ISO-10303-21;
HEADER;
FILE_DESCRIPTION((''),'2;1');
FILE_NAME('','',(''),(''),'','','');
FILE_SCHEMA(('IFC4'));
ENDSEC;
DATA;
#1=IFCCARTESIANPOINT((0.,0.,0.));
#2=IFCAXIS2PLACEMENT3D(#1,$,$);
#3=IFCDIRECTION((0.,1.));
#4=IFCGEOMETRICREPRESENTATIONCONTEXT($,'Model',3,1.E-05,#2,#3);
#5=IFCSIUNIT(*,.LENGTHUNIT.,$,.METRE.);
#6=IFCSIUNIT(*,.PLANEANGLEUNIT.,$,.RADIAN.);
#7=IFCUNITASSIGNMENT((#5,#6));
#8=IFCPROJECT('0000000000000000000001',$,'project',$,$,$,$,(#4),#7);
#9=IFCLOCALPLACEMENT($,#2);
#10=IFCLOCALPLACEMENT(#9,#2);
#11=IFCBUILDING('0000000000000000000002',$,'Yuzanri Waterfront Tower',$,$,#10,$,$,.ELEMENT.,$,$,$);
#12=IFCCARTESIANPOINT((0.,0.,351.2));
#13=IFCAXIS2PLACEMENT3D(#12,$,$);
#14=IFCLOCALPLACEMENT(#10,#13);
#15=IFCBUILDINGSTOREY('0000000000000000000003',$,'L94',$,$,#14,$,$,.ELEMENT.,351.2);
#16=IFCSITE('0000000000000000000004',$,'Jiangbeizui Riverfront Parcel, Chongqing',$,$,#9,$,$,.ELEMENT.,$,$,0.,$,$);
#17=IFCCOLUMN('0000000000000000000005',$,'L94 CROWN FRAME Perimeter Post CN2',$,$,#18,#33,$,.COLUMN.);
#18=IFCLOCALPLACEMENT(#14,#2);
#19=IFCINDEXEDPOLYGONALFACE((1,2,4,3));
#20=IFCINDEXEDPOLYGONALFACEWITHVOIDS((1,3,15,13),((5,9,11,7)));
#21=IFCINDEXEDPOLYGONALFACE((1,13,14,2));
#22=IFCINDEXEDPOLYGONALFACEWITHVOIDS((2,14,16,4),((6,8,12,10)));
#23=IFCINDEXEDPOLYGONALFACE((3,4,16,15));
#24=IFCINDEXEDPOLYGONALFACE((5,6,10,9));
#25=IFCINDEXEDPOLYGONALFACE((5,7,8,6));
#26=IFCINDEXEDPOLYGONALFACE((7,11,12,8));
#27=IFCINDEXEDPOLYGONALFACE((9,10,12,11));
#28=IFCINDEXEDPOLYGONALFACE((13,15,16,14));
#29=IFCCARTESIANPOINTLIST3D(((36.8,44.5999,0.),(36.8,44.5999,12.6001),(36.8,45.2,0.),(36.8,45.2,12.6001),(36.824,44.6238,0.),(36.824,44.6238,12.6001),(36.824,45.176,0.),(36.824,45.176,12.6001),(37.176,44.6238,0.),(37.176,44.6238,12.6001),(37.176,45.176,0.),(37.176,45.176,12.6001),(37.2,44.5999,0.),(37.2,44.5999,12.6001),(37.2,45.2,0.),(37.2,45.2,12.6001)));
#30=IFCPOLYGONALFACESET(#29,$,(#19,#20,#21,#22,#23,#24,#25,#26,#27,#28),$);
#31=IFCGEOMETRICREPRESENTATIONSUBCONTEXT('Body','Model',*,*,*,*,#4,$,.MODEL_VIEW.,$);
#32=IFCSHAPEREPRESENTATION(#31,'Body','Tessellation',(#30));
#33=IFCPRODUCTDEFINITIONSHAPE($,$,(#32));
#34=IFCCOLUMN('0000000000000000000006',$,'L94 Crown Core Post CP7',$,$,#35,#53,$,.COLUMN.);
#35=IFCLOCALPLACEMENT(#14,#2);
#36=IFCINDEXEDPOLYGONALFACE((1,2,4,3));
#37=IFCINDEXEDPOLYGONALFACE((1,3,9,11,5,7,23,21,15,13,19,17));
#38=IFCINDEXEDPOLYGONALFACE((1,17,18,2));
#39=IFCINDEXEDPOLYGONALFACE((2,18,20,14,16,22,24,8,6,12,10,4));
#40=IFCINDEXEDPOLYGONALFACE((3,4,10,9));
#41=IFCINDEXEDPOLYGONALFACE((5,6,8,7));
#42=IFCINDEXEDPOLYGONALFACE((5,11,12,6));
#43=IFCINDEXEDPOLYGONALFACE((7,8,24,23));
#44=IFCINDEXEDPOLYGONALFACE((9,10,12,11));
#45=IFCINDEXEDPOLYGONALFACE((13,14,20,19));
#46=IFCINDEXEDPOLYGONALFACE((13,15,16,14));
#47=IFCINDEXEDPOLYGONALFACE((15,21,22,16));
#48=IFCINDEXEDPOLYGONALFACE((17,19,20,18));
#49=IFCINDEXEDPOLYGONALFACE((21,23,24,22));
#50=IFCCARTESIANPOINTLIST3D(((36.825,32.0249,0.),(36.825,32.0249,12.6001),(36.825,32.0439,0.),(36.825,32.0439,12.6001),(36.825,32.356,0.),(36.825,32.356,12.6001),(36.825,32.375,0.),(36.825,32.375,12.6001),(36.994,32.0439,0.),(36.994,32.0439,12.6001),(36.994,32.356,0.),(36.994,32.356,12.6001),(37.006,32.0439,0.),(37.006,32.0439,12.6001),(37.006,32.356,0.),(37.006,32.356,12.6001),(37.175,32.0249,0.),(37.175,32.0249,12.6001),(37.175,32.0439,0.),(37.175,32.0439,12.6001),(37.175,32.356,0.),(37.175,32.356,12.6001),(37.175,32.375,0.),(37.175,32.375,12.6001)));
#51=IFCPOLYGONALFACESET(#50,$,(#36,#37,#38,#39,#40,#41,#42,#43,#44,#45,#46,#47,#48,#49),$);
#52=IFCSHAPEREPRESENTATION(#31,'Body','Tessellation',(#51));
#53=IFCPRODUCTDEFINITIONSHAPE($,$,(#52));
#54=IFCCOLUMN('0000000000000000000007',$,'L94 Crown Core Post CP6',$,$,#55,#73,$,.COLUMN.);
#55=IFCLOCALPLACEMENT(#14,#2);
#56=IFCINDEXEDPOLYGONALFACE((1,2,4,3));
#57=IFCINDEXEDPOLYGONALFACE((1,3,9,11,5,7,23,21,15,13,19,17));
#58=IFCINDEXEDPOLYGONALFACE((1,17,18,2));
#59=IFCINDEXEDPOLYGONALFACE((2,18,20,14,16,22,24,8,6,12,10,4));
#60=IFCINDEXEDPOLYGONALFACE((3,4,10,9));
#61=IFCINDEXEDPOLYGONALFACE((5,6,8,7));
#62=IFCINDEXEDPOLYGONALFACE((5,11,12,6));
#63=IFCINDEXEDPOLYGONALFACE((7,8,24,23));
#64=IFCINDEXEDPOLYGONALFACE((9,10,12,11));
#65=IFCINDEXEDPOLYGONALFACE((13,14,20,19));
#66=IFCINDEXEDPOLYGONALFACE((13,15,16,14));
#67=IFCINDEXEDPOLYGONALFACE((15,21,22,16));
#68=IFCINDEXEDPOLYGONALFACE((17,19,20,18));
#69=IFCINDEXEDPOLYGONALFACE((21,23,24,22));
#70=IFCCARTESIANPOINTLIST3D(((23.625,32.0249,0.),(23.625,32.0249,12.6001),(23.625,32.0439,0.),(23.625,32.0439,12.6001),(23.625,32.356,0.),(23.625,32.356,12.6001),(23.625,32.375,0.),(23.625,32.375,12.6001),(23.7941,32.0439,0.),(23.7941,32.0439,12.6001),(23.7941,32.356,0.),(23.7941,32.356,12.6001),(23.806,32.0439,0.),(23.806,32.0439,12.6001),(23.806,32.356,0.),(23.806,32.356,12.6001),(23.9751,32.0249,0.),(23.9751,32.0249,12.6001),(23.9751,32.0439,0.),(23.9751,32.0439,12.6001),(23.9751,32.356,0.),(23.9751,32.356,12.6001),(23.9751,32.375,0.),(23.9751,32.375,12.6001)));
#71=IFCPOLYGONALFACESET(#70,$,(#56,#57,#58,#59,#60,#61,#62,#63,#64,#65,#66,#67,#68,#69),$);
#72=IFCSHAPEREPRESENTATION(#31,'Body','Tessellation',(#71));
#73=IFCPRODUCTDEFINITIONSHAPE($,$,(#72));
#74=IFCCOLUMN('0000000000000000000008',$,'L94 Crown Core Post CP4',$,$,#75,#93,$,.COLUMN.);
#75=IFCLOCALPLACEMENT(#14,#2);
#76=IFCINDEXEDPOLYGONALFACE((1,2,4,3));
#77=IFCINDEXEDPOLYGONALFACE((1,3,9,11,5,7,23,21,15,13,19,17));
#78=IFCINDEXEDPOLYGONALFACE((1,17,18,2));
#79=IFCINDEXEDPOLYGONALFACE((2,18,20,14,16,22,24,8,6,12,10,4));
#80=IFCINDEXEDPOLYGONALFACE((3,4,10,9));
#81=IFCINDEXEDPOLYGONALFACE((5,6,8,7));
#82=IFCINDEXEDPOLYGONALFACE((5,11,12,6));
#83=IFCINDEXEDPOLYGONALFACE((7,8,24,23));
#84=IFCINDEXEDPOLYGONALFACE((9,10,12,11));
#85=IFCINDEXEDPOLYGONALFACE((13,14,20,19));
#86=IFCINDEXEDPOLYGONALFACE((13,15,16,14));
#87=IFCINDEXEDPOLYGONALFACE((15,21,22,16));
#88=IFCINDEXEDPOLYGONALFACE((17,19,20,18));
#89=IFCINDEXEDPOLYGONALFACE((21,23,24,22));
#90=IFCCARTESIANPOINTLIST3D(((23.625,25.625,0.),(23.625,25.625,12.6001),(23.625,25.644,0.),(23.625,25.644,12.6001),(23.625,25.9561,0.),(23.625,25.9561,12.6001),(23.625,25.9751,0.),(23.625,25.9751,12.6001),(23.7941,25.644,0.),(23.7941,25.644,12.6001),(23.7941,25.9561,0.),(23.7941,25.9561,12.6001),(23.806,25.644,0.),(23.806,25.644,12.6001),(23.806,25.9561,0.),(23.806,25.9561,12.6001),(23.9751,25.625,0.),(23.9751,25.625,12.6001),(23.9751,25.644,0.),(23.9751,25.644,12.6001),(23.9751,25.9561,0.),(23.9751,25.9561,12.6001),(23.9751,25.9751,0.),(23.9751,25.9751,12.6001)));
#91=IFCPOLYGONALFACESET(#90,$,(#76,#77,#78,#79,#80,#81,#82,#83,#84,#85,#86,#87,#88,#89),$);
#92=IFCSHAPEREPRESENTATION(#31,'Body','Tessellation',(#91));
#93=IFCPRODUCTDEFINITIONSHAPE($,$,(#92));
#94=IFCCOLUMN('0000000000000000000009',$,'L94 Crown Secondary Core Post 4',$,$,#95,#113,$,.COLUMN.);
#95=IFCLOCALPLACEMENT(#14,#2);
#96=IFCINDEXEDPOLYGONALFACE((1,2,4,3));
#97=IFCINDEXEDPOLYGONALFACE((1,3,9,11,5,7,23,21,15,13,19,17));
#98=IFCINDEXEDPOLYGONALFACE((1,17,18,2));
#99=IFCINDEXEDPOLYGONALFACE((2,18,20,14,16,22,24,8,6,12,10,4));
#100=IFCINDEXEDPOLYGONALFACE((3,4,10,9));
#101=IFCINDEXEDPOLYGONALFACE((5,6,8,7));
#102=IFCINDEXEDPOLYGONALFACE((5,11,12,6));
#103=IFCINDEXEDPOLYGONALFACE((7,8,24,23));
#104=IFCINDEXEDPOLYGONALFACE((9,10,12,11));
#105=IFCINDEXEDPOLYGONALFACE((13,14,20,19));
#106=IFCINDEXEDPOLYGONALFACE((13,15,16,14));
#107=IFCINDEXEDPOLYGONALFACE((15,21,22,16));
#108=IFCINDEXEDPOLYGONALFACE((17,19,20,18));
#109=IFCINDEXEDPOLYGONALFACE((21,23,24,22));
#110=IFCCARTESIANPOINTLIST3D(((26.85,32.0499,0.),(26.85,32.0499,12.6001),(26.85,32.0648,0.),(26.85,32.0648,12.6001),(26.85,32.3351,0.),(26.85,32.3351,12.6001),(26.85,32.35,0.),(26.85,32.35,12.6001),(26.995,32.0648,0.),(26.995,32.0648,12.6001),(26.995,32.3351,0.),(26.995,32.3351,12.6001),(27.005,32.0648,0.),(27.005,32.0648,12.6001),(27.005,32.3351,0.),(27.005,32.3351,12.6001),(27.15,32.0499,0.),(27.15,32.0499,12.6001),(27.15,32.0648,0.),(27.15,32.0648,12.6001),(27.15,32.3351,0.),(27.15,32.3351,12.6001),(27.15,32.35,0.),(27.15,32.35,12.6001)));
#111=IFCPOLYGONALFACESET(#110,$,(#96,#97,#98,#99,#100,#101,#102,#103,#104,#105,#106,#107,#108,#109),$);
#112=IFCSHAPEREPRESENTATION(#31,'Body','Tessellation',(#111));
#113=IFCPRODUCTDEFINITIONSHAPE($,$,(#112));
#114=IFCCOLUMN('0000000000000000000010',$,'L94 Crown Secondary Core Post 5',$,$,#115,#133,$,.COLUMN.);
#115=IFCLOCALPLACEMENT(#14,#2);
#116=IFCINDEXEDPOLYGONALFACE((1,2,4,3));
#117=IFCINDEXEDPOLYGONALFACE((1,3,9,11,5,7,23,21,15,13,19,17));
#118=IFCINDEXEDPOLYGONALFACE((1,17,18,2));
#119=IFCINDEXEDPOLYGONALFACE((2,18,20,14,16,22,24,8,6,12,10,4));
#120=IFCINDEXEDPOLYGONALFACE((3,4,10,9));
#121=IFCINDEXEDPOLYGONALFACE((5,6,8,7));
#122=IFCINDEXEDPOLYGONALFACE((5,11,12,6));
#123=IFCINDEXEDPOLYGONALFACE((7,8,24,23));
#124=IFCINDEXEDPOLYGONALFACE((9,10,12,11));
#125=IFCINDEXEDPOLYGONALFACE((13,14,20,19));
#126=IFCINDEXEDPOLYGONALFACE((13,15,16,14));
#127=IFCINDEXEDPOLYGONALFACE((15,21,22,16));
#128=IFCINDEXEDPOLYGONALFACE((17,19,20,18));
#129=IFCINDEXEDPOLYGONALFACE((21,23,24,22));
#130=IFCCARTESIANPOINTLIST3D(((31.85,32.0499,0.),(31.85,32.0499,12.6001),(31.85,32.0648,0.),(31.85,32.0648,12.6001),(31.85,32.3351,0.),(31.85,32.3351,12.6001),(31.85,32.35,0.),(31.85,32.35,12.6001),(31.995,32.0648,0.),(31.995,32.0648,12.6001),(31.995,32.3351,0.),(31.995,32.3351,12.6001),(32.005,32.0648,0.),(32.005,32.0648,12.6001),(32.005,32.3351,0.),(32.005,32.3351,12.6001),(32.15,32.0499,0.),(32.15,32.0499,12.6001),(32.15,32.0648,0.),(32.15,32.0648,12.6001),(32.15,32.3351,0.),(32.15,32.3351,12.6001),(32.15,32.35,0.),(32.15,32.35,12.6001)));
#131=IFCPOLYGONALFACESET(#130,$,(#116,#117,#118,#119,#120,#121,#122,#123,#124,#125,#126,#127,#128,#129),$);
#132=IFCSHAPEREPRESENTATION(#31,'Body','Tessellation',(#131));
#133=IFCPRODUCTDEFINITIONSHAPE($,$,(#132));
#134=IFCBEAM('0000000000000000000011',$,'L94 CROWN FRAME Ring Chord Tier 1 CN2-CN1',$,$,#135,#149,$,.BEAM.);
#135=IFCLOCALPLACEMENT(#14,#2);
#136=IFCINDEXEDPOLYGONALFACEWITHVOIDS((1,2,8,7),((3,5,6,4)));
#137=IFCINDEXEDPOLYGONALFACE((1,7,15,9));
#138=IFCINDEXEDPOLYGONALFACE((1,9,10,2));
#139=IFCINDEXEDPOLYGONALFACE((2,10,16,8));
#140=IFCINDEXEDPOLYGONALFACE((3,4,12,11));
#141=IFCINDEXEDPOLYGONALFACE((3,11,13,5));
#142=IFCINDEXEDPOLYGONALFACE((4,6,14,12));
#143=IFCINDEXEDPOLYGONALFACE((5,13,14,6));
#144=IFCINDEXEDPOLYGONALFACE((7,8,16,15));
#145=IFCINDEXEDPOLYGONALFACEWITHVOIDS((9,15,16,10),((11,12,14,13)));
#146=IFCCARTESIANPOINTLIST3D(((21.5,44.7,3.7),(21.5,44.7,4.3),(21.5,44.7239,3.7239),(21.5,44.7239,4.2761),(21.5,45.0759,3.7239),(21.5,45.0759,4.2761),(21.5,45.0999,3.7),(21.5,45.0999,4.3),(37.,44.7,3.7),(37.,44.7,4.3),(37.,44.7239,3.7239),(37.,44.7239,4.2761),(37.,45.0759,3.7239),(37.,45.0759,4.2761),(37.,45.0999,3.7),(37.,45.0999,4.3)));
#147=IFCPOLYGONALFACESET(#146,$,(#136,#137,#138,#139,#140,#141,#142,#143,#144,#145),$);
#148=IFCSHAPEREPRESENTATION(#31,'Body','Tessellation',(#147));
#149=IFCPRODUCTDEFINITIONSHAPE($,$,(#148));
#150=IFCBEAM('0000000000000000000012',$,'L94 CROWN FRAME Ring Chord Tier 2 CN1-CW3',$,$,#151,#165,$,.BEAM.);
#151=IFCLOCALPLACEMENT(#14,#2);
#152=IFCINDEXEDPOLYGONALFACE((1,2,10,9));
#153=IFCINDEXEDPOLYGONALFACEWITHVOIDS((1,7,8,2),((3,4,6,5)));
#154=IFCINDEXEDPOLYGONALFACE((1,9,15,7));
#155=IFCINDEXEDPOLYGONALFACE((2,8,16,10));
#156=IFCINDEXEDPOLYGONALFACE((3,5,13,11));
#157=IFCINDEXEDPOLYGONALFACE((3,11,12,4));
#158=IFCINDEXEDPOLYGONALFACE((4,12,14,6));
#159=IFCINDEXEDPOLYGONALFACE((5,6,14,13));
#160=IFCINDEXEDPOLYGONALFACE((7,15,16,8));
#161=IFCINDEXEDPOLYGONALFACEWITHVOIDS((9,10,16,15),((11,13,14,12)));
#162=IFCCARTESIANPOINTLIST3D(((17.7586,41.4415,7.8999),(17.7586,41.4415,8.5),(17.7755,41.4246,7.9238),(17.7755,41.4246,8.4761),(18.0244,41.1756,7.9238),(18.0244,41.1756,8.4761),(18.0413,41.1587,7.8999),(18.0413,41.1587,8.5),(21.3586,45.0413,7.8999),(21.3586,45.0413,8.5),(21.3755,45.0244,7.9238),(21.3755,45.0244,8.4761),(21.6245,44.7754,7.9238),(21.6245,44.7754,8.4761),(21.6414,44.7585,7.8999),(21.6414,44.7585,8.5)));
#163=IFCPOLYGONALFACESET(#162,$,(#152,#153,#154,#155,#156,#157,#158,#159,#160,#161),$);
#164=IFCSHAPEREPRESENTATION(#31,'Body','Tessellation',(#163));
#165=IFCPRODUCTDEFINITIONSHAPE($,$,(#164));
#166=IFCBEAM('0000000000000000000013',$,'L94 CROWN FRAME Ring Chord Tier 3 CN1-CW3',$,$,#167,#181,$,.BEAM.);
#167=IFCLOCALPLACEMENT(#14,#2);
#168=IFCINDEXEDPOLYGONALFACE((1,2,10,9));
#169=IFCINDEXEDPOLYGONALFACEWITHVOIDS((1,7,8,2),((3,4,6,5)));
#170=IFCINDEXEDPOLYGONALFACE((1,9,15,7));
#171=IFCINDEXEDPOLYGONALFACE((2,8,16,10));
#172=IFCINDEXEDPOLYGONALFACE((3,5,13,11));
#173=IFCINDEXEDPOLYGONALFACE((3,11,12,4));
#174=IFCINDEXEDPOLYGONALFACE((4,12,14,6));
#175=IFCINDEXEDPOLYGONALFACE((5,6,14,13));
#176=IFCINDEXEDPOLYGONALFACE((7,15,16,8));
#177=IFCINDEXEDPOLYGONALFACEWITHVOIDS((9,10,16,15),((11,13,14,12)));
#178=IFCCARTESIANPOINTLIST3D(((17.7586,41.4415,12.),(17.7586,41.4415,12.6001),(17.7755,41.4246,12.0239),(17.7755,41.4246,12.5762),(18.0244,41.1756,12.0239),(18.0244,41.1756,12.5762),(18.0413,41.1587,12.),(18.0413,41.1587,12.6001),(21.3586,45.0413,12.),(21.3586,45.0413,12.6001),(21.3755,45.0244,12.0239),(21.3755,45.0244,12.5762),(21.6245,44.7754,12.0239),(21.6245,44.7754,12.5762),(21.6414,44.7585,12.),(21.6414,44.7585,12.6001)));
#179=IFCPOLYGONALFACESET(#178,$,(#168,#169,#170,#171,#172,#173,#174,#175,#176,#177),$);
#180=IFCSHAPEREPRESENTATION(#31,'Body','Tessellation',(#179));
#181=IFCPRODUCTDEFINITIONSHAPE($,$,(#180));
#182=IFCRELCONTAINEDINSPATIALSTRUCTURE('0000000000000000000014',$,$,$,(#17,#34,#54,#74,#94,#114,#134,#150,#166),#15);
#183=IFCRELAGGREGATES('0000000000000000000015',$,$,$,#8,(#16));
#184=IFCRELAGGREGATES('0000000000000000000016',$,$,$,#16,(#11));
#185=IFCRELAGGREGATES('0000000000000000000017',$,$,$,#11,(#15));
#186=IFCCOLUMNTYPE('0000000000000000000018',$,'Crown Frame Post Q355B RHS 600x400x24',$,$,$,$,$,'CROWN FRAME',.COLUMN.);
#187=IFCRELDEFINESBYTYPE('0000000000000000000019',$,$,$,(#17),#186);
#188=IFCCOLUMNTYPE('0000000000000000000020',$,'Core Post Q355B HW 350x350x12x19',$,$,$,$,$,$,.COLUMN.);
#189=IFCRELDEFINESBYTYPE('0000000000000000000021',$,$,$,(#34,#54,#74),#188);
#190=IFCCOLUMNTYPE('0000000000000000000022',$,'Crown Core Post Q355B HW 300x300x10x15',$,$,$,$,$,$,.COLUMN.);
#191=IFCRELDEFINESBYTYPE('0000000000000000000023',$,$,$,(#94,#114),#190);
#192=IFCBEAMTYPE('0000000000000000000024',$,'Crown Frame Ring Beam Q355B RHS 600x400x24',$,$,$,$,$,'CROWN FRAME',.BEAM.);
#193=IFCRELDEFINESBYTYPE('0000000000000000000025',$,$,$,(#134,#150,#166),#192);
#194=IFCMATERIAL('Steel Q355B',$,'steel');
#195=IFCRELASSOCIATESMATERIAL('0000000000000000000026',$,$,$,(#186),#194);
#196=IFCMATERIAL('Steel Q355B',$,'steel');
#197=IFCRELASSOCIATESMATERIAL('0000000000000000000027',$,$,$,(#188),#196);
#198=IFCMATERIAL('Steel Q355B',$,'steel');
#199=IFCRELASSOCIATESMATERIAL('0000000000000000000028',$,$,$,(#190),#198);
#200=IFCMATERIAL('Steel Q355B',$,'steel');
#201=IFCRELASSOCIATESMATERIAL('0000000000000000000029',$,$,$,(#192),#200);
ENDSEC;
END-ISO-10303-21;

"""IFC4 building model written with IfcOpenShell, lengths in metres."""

from ifc_helpers import new_model, si_unit, direction, frame, origin, origin_2d, place, context, subcontext, project, spatial, hollow_rectangle, i_section, extrude, source, transform, mapped, material, material_profile, profile_set, type_object, element, save


model = new_model("IFC4")

# Units and contexts
model_context = context("Model", 3, precision=1e-05, world=origin(), true_north=direction((0.0, 1.0)))
body_context = subcontext(model_context, "Body", "Model", "MODEL_VIEW")
ifc_project = project(units=[si_unit("LENGTHUNIT", "METRE"), si_unit("PLANEANGLEUNIT", "RADIAN")], contexts=[model_context])

# Site, building, storey
site_placement = place(None, origin())
site = spatial("IfcSite", under=ifc_project, at=site_placement, Name="Jiangbeizui Riverfront Parcel, Chongqing", CompositionType="ELEMENT", RefElevation=0.0)
building_placement = place(site_placement, origin())
building = spatial("IfcBuilding", under=site, at=building_placement, Name="Yuzanri Waterfront Tower", CompositionType="ELEMENT")
storey_placement = place(building_placement, frame((0.0, 0.0, 351.2)))
storey = spatial("IfcBuildingStorey", under=building, at=storey_placement, Name="L94", CompositionType="ELEMENT", Elevation=351.2)

# Columns
ifc_material_1 = material(Name="Steel Q355B", Category="steel")
ifc_material_profile_1 = material_profile(ifc_material_1, hollow_rectangle(XDim=0.3999, YDim=0.6001, WallThickness=0.0239, at=origin_2d()), Name="RHS 600x400x24")
ifc_profile_set_1 = profile_set([ifc_material_profile_1], Name="Steel Q355B")
column_type_1 = type_object("IfcColumnType", Name="Crown Frame Post Q355B RHS 600x400x24", ElementType="CROWN FRAME", PredefinedType="COLUMN", material=ifc_profile_set_1)
shared_shape_1 = source(origin(), body_context, "Body", "SweptSolid", [
    extrude(hollow_rectangle(XDim=0.3999, YDim=0.6001, WallThickness=0.0239, at=origin_2d()), origin(), (0.0, 0.0, 1.0), 12.6001),
])
column_placement = place(storey_placement, frame((37.0, 44.8999, 0.0), z_axis=(0.0, 0.0, 1.0), x_axis=(1.0, 0.0, 0.0)))
element("IfcColumn", 1, at=column_placement, inside=storey, type_object=column_type_1, Name="L94 CROWN FRAME Perimeter Post CN2", PredefinedType="COLUMN", context=body_context, shape_type="MappedRepresentation", body=[
    mapped(shared_shape_1, transform((0.0, 0.0, 0.0), scale=1.0)),
])
ifc_material_2 = material(Name="Steel Q355B", Category="steel")
ifc_material_profile_2 = material_profile(ifc_material_2, i_section(OverallWidth=0.3501, OverallDepth=0.3501, WebThickness=0.012, FlangeThickness=0.019, at=origin_2d()), Name="HW 350x350x12x19")
ifc_profile_set_2 = profile_set([ifc_material_profile_2], Name="Steel Q355B")
column_type_2 = type_object("IfcColumnType", Name="Core Post Q355B HW 350x350x12x19", PredefinedType="COLUMN", material=ifc_profile_set_2)
shared_shape_2 = source(origin(), body_context, "Body", "SweptSolid", [
    extrude(i_section(OverallWidth=0.3501, OverallDepth=0.3501, WebThickness=0.012, FlangeThickness=0.019, at=origin_2d()), origin(), (0.0, 0.0, 1.0), 12.6001),
])
for number, where, z_axis, x_axis, name in (
    (2, (37.0, 32.2, 0.0), (0.0, 0.0, 1.0), (1.0, 0.0, 0.0), "L94 Crown Core Post CP7"),
    (3, (23.8, 32.2, 0.0), (0.0, 0.0, 1.0), (1.0, 0.0, 0.0), "L94 Crown Core Post CP6"),
    (4, (23.8, 25.8, 0.0), (0.0, 0.0, 1.0), (1.0, 0.0, 0.0), "L94 Crown Core Post CP4"),
):
    element("IfcColumn", number, at=place(storey_placement, frame(where, z_axis=z_axis, x_axis=x_axis)), inside=storey, type_object=column_type_2, Name=name, PredefinedType="COLUMN", context=body_context, shape_type="MappedRepresentation", body=[
        mapped(shared_shape_2, transform((0.0, 0.0, 0.0), scale=1.0)),
    ])
ifc_material_3 = material(Name="Steel Q355B", Category="steel")
ifc_material_profile_3 = material_profile(ifc_material_3, i_section(OverallWidth=0.3, OverallDepth=0.3, WebThickness=0.01, FlangeThickness=0.0149, at=origin_2d()), Name="HW 300x300x10x15")
ifc_profile_set_3 = profile_set([ifc_material_profile_3], Name="Steel Q355B")
column_type_3 = type_object("IfcColumnType", Name="Crown Core Post Q355B HW 300x300x10x15", PredefinedType="COLUMN", material=ifc_profile_set_3)
shared_shape_3 = source(origin(), body_context, "Body", "SweptSolid", [
    extrude(i_section(OverallWidth=0.3, OverallDepth=0.3, WebThickness=0.01, FlangeThickness=0.0149, at=origin_2d()), origin(), (0.0, 0.0, 1.0), 12.6001),
])
for number, where, z_axis, x_axis, name in (
    (5, (27.0, 32.2, 0.0), (0.0, 0.0, 1.0), (1.0, 0.0, 0.0), "L94 Crown Secondary Core Post 4"),
    (6, (32.0, 32.2, 0.0), (0.0, 0.0, 1.0), (1.0, 0.0, 0.0), "L94 Crown Secondary Core Post 5"),
):
    element("IfcColumn", number, at=place(storey_placement, frame(where, z_axis=z_axis, x_axis=x_axis)), inside=storey, type_object=column_type_3, Name=name, PredefinedType="COLUMN", context=body_context, shape_type="MappedRepresentation", body=[
        mapped(shared_shape_3, transform((0.0, 0.0, 0.0), scale=1.0)),
    ])

# Beams
ifc_material_4 = material(Name="Steel Q355B", Category="steel")
ifc_material_profile_4 = material_profile(ifc_material_4, hollow_rectangle(XDim=0.3999, YDim=0.6001, WallThickness=0.0239, at=origin_2d()), Name="RHS 600x400x24")
ifc_profile_set_4 = profile_set([ifc_material_profile_4], Name="Steel Q355B")
beam_type = type_object("IfcBeamType", Name="Crown Frame Ring Beam Q355B RHS 600x400x24", ElementType="CROWN FRAME", PredefinedType="BEAM", material=ifc_profile_set_4)
shared_shape_4 = source(origin(), body_context, "Body", "SweptSolid", [
    extrude(hollow_rectangle(XDim=0.3999, YDim=0.6001, WallThickness=0.0239, at=origin_2d()), origin(), (0.0, 0.0, 1.0), 15.5),
])
beam_placement = place(storey_placement, frame((37.0, 44.8999, 4.0), z_axis=(-1.0, 0.0, 0.0), x_axis=(0.0, -1.0, 0.0)))
element("IfcBeam", 7, at=beam_placement, inside=storey, type_object=beam_type, Name="L94 CROWN FRAME Ring Chord Tier 1 CN2-CN1", PredefinedType="BEAM", context=body_context, shape_type="MappedRepresentation", body=[
    mapped(shared_shape_4, transform((0.0, 0.0, 0.0), scale=1.0)),
])
shared_shape_5 = source(origin(), body_context, "Body", "SweptSolid", [
    extrude(hollow_rectangle(XDim=0.3999, YDim=0.6001, WallThickness=0.0239, at=origin_2d()), origin(), (0.0, 0.0, 1.0), 5.0911),
])
for number, where, z_axis, x_axis, name in (
    (8, (21.5, 44.8999, 8.2), (-0.707131, -0.707083, 0.0), (0.707083, -0.707131, 0.0), "L94 CROWN FRAME Ring Chord Tier 2 CN1-CW3"),
    (9, (21.5, 44.8999, 12.3), (-0.707131, -0.707083, 0.0), (0.707083, -0.707131, 0.0), "L94 CROWN FRAME Ring Chord Tier 3 CN1-CW3"),
):
    element("IfcBeam", number, at=place(storey_placement, frame(where, z_axis=z_axis, x_axis=x_axis)), inside=storey, type_object=beam_type, Name=name, PredefinedType="BEAM", context=body_context, shape_type="MappedRepresentation", body=[
        mapped(shared_shape_5, transform((0.0, 0.0, 0.0), scale=1.0)),
    ])

save(model, "model.ifc")
